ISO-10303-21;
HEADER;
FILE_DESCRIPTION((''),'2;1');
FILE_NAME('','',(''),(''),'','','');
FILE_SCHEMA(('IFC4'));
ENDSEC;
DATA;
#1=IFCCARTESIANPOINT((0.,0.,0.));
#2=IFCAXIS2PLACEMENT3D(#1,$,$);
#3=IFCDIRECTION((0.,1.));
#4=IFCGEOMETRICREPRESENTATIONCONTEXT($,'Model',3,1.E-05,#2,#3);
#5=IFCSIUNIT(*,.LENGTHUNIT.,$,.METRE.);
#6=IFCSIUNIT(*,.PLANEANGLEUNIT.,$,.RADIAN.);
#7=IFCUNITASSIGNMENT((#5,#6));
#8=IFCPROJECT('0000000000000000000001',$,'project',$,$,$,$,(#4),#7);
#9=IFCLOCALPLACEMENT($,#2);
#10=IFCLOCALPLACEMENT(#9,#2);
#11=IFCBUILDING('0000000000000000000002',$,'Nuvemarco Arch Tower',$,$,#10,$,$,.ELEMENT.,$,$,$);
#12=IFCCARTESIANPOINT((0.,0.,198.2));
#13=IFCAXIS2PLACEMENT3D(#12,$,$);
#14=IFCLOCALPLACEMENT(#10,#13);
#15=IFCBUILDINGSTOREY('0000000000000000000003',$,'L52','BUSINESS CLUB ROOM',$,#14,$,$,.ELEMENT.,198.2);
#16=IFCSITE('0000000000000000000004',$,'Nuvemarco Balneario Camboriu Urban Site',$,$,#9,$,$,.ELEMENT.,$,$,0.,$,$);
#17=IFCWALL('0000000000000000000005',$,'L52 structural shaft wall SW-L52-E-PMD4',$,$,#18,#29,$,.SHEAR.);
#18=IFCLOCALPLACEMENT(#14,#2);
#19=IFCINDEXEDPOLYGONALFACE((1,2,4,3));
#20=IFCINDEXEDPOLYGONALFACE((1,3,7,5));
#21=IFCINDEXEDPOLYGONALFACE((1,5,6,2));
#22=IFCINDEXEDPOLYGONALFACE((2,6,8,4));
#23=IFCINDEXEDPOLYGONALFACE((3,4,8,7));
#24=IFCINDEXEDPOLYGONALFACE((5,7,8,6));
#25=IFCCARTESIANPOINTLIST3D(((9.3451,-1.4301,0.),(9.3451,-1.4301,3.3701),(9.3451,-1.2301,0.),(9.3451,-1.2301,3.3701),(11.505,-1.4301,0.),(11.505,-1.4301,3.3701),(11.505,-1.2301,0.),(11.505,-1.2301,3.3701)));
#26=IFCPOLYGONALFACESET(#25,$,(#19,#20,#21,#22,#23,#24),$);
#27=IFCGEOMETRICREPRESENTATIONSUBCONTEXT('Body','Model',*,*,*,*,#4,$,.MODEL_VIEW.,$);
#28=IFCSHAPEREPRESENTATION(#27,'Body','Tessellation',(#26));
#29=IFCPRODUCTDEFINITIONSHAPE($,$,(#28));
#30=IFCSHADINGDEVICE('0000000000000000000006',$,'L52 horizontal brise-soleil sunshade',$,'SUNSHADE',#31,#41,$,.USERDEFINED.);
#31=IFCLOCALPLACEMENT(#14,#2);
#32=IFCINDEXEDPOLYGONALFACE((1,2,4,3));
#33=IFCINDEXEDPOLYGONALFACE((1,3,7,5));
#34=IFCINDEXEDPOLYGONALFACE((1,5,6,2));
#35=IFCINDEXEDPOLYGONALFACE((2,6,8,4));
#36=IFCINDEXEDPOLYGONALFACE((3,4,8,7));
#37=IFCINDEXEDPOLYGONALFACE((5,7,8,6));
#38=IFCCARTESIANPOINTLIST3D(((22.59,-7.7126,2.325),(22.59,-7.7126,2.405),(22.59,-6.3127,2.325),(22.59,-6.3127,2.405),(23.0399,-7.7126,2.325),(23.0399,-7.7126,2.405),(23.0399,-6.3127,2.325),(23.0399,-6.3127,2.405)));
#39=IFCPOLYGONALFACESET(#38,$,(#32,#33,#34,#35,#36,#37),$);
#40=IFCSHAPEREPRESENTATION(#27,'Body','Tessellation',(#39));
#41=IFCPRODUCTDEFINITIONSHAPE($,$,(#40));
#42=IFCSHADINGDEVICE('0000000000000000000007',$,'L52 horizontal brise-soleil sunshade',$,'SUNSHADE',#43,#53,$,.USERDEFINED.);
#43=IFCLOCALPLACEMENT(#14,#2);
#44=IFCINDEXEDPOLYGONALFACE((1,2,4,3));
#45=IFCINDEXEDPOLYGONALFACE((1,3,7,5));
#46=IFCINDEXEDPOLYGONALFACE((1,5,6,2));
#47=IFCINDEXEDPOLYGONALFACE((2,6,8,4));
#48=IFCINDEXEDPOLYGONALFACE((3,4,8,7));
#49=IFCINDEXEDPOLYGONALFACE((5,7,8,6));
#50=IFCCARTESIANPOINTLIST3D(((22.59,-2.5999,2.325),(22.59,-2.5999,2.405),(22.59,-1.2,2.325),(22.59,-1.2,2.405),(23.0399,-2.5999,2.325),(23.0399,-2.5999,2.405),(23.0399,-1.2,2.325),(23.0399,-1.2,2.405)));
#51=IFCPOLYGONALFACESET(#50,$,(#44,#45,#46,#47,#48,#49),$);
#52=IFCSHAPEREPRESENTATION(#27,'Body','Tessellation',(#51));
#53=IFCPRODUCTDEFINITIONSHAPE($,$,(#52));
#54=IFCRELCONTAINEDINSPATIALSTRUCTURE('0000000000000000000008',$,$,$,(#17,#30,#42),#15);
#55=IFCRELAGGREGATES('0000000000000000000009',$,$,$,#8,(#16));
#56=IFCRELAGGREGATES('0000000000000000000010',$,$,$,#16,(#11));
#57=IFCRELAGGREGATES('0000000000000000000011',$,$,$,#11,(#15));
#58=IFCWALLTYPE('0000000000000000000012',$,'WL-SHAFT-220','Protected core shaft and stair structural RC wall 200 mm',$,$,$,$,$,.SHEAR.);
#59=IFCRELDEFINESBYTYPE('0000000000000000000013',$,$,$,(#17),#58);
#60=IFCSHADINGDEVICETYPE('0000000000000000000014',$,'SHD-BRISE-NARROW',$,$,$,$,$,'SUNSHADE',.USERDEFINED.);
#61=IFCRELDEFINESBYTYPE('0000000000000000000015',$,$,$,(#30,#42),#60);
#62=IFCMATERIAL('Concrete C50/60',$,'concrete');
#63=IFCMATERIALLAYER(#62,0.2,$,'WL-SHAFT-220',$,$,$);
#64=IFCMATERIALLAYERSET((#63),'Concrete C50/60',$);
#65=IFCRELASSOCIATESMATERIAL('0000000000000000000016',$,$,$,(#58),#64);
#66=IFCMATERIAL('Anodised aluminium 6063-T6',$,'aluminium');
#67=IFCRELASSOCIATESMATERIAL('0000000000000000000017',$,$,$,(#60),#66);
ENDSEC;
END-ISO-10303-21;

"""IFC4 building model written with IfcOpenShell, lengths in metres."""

from ifc_helpers import new_model, si_unit, direction, frame, frame_2d, origin, origin_2d, place, context, subcontext, project, spatial, rectangle, extrude, source, transform, mapped, material, layer, layer_set, type_object, type_shapes, element, save


model = new_model("IFC4")

# Units and contexts
model_context = context("Model", 3, precision=1e-05, world=origin(), true_north=direction((0.0, 1.0)))
body_context = subcontext(model_context, "Body", "Model", "MODEL_VIEW")
ifc_project = project(units=[si_unit("LENGTHUNIT", "METRE"), si_unit("PLANEANGLEUNIT", "RADIAN")], contexts=[model_context])

# Site, building, storey
site_placement = place(None, origin())
site = spatial("IfcSite", under=ifc_project, at=site_placement, Name="Nuvemarco Balneario Camboriu Urban Site", CompositionType="ELEMENT", RefElevation=0.0)
building_placement = place(site_placement, origin())
building = spatial("IfcBuilding", under=site, at=building_placement, Name="Nuvemarco Arch Tower", CompositionType="ELEMENT")
storey_placement = place(building_placement, frame((0.0, 0.0, 198.2)))
storey = spatial("IfcBuildingStorey", under=building, at=storey_placement, Name="L52", Description="BUSINESS CLUB ROOM", CompositionType="ELEMENT", Elevation=198.2)

# Shared definitions
ifc_material_1 = material(Name="Concrete C50/60", Category="concrete")

# Shared definitions
ifc_layer_1 = layer(ifc_material_1, 0.2, Name="WL-SHAFT-220")
ifc_layer_set_1 = layer_set([ifc_layer_1], Name="Concrete C50/60")
wall_type_1 = type_object("IfcWallType", Name="WL-SHAFT-220", Description="Protected core shaft and stair structural RC wall 200 mm", PredefinedType="SHEAR", material=ifc_layer_set_1)

# Wall
for number, where, z_axis, x_axis, name in (
    (1, (9.345, -1.3301, 0.0), (0.0, 0.0, 1.0), (1.0, 0.0, 0.0), "L52 structural shaft wall SW-L52-E-PMD4"),
):
    element("IfcWall", number, at=place(storey_placement, frame(where, z_axis=z_axis, x_axis=x_axis)), inside=storey, type_object=wall_type_1, Name=name, PredefinedType="SHEAR", context=body_context, shape_type="SweptSolid", body=[
        extrude(rectangle(XDim=2.1599, YDim=0.2, at=frame_2d((1.0801, 0.0))), origin(), (0.0, 0.0, 1.0), 3.3701),
    ])

# Shading devices
ifc_material_2 = material(Name="Anodised aluminium 6063-T6", Category="aluminium")
shading_device_type = type_object("IfcShadingDeviceType", Name="SHD-BRISE-NARROW", ElementType="SUNSHADE", PredefinedType="USERDEFINED", material=ifc_material_2)
shared_shape_1 = source(origin(), body_context, "Body", "SweptSolid", [
    extrude(rectangle(XDim=1.3999, YDim=0.45, at=origin_2d()), origin(), (0.0, 0.0, 1.0), 0.0801),
])
type_shapes(shading_device_type, [shared_shape_1])
for number, where, z_axis, x_axis, name in (
    (2, (22.8149, -7.0127, 2.325), (0.0, 0.0, 1.0), (0.0, 1.0, 0.0), "L52 horizontal brise-soleil sunshade"),
    (3, (22.8149, -1.8999, 2.325), (0.0, 0.0, 1.0), (0.0, 1.0, 0.0), "L52 horizontal brise-soleil sunshade"),
):
    element("IfcShadingDevice", number, at=place(storey_placement, frame(where, z_axis=z_axis, x_axis=x_axis)), inside=storey, type_object=shading_device_type, Name=name, ObjectType="SUNSHADE", PredefinedType="USERDEFINED", context=body_context, shape_type="MappedRepresentation", body=[
        mapped(shared_shape_1, transform((0.0, 0.0, 0.0), scale=1.0)),
    ])

save(model, "model.ifc")
